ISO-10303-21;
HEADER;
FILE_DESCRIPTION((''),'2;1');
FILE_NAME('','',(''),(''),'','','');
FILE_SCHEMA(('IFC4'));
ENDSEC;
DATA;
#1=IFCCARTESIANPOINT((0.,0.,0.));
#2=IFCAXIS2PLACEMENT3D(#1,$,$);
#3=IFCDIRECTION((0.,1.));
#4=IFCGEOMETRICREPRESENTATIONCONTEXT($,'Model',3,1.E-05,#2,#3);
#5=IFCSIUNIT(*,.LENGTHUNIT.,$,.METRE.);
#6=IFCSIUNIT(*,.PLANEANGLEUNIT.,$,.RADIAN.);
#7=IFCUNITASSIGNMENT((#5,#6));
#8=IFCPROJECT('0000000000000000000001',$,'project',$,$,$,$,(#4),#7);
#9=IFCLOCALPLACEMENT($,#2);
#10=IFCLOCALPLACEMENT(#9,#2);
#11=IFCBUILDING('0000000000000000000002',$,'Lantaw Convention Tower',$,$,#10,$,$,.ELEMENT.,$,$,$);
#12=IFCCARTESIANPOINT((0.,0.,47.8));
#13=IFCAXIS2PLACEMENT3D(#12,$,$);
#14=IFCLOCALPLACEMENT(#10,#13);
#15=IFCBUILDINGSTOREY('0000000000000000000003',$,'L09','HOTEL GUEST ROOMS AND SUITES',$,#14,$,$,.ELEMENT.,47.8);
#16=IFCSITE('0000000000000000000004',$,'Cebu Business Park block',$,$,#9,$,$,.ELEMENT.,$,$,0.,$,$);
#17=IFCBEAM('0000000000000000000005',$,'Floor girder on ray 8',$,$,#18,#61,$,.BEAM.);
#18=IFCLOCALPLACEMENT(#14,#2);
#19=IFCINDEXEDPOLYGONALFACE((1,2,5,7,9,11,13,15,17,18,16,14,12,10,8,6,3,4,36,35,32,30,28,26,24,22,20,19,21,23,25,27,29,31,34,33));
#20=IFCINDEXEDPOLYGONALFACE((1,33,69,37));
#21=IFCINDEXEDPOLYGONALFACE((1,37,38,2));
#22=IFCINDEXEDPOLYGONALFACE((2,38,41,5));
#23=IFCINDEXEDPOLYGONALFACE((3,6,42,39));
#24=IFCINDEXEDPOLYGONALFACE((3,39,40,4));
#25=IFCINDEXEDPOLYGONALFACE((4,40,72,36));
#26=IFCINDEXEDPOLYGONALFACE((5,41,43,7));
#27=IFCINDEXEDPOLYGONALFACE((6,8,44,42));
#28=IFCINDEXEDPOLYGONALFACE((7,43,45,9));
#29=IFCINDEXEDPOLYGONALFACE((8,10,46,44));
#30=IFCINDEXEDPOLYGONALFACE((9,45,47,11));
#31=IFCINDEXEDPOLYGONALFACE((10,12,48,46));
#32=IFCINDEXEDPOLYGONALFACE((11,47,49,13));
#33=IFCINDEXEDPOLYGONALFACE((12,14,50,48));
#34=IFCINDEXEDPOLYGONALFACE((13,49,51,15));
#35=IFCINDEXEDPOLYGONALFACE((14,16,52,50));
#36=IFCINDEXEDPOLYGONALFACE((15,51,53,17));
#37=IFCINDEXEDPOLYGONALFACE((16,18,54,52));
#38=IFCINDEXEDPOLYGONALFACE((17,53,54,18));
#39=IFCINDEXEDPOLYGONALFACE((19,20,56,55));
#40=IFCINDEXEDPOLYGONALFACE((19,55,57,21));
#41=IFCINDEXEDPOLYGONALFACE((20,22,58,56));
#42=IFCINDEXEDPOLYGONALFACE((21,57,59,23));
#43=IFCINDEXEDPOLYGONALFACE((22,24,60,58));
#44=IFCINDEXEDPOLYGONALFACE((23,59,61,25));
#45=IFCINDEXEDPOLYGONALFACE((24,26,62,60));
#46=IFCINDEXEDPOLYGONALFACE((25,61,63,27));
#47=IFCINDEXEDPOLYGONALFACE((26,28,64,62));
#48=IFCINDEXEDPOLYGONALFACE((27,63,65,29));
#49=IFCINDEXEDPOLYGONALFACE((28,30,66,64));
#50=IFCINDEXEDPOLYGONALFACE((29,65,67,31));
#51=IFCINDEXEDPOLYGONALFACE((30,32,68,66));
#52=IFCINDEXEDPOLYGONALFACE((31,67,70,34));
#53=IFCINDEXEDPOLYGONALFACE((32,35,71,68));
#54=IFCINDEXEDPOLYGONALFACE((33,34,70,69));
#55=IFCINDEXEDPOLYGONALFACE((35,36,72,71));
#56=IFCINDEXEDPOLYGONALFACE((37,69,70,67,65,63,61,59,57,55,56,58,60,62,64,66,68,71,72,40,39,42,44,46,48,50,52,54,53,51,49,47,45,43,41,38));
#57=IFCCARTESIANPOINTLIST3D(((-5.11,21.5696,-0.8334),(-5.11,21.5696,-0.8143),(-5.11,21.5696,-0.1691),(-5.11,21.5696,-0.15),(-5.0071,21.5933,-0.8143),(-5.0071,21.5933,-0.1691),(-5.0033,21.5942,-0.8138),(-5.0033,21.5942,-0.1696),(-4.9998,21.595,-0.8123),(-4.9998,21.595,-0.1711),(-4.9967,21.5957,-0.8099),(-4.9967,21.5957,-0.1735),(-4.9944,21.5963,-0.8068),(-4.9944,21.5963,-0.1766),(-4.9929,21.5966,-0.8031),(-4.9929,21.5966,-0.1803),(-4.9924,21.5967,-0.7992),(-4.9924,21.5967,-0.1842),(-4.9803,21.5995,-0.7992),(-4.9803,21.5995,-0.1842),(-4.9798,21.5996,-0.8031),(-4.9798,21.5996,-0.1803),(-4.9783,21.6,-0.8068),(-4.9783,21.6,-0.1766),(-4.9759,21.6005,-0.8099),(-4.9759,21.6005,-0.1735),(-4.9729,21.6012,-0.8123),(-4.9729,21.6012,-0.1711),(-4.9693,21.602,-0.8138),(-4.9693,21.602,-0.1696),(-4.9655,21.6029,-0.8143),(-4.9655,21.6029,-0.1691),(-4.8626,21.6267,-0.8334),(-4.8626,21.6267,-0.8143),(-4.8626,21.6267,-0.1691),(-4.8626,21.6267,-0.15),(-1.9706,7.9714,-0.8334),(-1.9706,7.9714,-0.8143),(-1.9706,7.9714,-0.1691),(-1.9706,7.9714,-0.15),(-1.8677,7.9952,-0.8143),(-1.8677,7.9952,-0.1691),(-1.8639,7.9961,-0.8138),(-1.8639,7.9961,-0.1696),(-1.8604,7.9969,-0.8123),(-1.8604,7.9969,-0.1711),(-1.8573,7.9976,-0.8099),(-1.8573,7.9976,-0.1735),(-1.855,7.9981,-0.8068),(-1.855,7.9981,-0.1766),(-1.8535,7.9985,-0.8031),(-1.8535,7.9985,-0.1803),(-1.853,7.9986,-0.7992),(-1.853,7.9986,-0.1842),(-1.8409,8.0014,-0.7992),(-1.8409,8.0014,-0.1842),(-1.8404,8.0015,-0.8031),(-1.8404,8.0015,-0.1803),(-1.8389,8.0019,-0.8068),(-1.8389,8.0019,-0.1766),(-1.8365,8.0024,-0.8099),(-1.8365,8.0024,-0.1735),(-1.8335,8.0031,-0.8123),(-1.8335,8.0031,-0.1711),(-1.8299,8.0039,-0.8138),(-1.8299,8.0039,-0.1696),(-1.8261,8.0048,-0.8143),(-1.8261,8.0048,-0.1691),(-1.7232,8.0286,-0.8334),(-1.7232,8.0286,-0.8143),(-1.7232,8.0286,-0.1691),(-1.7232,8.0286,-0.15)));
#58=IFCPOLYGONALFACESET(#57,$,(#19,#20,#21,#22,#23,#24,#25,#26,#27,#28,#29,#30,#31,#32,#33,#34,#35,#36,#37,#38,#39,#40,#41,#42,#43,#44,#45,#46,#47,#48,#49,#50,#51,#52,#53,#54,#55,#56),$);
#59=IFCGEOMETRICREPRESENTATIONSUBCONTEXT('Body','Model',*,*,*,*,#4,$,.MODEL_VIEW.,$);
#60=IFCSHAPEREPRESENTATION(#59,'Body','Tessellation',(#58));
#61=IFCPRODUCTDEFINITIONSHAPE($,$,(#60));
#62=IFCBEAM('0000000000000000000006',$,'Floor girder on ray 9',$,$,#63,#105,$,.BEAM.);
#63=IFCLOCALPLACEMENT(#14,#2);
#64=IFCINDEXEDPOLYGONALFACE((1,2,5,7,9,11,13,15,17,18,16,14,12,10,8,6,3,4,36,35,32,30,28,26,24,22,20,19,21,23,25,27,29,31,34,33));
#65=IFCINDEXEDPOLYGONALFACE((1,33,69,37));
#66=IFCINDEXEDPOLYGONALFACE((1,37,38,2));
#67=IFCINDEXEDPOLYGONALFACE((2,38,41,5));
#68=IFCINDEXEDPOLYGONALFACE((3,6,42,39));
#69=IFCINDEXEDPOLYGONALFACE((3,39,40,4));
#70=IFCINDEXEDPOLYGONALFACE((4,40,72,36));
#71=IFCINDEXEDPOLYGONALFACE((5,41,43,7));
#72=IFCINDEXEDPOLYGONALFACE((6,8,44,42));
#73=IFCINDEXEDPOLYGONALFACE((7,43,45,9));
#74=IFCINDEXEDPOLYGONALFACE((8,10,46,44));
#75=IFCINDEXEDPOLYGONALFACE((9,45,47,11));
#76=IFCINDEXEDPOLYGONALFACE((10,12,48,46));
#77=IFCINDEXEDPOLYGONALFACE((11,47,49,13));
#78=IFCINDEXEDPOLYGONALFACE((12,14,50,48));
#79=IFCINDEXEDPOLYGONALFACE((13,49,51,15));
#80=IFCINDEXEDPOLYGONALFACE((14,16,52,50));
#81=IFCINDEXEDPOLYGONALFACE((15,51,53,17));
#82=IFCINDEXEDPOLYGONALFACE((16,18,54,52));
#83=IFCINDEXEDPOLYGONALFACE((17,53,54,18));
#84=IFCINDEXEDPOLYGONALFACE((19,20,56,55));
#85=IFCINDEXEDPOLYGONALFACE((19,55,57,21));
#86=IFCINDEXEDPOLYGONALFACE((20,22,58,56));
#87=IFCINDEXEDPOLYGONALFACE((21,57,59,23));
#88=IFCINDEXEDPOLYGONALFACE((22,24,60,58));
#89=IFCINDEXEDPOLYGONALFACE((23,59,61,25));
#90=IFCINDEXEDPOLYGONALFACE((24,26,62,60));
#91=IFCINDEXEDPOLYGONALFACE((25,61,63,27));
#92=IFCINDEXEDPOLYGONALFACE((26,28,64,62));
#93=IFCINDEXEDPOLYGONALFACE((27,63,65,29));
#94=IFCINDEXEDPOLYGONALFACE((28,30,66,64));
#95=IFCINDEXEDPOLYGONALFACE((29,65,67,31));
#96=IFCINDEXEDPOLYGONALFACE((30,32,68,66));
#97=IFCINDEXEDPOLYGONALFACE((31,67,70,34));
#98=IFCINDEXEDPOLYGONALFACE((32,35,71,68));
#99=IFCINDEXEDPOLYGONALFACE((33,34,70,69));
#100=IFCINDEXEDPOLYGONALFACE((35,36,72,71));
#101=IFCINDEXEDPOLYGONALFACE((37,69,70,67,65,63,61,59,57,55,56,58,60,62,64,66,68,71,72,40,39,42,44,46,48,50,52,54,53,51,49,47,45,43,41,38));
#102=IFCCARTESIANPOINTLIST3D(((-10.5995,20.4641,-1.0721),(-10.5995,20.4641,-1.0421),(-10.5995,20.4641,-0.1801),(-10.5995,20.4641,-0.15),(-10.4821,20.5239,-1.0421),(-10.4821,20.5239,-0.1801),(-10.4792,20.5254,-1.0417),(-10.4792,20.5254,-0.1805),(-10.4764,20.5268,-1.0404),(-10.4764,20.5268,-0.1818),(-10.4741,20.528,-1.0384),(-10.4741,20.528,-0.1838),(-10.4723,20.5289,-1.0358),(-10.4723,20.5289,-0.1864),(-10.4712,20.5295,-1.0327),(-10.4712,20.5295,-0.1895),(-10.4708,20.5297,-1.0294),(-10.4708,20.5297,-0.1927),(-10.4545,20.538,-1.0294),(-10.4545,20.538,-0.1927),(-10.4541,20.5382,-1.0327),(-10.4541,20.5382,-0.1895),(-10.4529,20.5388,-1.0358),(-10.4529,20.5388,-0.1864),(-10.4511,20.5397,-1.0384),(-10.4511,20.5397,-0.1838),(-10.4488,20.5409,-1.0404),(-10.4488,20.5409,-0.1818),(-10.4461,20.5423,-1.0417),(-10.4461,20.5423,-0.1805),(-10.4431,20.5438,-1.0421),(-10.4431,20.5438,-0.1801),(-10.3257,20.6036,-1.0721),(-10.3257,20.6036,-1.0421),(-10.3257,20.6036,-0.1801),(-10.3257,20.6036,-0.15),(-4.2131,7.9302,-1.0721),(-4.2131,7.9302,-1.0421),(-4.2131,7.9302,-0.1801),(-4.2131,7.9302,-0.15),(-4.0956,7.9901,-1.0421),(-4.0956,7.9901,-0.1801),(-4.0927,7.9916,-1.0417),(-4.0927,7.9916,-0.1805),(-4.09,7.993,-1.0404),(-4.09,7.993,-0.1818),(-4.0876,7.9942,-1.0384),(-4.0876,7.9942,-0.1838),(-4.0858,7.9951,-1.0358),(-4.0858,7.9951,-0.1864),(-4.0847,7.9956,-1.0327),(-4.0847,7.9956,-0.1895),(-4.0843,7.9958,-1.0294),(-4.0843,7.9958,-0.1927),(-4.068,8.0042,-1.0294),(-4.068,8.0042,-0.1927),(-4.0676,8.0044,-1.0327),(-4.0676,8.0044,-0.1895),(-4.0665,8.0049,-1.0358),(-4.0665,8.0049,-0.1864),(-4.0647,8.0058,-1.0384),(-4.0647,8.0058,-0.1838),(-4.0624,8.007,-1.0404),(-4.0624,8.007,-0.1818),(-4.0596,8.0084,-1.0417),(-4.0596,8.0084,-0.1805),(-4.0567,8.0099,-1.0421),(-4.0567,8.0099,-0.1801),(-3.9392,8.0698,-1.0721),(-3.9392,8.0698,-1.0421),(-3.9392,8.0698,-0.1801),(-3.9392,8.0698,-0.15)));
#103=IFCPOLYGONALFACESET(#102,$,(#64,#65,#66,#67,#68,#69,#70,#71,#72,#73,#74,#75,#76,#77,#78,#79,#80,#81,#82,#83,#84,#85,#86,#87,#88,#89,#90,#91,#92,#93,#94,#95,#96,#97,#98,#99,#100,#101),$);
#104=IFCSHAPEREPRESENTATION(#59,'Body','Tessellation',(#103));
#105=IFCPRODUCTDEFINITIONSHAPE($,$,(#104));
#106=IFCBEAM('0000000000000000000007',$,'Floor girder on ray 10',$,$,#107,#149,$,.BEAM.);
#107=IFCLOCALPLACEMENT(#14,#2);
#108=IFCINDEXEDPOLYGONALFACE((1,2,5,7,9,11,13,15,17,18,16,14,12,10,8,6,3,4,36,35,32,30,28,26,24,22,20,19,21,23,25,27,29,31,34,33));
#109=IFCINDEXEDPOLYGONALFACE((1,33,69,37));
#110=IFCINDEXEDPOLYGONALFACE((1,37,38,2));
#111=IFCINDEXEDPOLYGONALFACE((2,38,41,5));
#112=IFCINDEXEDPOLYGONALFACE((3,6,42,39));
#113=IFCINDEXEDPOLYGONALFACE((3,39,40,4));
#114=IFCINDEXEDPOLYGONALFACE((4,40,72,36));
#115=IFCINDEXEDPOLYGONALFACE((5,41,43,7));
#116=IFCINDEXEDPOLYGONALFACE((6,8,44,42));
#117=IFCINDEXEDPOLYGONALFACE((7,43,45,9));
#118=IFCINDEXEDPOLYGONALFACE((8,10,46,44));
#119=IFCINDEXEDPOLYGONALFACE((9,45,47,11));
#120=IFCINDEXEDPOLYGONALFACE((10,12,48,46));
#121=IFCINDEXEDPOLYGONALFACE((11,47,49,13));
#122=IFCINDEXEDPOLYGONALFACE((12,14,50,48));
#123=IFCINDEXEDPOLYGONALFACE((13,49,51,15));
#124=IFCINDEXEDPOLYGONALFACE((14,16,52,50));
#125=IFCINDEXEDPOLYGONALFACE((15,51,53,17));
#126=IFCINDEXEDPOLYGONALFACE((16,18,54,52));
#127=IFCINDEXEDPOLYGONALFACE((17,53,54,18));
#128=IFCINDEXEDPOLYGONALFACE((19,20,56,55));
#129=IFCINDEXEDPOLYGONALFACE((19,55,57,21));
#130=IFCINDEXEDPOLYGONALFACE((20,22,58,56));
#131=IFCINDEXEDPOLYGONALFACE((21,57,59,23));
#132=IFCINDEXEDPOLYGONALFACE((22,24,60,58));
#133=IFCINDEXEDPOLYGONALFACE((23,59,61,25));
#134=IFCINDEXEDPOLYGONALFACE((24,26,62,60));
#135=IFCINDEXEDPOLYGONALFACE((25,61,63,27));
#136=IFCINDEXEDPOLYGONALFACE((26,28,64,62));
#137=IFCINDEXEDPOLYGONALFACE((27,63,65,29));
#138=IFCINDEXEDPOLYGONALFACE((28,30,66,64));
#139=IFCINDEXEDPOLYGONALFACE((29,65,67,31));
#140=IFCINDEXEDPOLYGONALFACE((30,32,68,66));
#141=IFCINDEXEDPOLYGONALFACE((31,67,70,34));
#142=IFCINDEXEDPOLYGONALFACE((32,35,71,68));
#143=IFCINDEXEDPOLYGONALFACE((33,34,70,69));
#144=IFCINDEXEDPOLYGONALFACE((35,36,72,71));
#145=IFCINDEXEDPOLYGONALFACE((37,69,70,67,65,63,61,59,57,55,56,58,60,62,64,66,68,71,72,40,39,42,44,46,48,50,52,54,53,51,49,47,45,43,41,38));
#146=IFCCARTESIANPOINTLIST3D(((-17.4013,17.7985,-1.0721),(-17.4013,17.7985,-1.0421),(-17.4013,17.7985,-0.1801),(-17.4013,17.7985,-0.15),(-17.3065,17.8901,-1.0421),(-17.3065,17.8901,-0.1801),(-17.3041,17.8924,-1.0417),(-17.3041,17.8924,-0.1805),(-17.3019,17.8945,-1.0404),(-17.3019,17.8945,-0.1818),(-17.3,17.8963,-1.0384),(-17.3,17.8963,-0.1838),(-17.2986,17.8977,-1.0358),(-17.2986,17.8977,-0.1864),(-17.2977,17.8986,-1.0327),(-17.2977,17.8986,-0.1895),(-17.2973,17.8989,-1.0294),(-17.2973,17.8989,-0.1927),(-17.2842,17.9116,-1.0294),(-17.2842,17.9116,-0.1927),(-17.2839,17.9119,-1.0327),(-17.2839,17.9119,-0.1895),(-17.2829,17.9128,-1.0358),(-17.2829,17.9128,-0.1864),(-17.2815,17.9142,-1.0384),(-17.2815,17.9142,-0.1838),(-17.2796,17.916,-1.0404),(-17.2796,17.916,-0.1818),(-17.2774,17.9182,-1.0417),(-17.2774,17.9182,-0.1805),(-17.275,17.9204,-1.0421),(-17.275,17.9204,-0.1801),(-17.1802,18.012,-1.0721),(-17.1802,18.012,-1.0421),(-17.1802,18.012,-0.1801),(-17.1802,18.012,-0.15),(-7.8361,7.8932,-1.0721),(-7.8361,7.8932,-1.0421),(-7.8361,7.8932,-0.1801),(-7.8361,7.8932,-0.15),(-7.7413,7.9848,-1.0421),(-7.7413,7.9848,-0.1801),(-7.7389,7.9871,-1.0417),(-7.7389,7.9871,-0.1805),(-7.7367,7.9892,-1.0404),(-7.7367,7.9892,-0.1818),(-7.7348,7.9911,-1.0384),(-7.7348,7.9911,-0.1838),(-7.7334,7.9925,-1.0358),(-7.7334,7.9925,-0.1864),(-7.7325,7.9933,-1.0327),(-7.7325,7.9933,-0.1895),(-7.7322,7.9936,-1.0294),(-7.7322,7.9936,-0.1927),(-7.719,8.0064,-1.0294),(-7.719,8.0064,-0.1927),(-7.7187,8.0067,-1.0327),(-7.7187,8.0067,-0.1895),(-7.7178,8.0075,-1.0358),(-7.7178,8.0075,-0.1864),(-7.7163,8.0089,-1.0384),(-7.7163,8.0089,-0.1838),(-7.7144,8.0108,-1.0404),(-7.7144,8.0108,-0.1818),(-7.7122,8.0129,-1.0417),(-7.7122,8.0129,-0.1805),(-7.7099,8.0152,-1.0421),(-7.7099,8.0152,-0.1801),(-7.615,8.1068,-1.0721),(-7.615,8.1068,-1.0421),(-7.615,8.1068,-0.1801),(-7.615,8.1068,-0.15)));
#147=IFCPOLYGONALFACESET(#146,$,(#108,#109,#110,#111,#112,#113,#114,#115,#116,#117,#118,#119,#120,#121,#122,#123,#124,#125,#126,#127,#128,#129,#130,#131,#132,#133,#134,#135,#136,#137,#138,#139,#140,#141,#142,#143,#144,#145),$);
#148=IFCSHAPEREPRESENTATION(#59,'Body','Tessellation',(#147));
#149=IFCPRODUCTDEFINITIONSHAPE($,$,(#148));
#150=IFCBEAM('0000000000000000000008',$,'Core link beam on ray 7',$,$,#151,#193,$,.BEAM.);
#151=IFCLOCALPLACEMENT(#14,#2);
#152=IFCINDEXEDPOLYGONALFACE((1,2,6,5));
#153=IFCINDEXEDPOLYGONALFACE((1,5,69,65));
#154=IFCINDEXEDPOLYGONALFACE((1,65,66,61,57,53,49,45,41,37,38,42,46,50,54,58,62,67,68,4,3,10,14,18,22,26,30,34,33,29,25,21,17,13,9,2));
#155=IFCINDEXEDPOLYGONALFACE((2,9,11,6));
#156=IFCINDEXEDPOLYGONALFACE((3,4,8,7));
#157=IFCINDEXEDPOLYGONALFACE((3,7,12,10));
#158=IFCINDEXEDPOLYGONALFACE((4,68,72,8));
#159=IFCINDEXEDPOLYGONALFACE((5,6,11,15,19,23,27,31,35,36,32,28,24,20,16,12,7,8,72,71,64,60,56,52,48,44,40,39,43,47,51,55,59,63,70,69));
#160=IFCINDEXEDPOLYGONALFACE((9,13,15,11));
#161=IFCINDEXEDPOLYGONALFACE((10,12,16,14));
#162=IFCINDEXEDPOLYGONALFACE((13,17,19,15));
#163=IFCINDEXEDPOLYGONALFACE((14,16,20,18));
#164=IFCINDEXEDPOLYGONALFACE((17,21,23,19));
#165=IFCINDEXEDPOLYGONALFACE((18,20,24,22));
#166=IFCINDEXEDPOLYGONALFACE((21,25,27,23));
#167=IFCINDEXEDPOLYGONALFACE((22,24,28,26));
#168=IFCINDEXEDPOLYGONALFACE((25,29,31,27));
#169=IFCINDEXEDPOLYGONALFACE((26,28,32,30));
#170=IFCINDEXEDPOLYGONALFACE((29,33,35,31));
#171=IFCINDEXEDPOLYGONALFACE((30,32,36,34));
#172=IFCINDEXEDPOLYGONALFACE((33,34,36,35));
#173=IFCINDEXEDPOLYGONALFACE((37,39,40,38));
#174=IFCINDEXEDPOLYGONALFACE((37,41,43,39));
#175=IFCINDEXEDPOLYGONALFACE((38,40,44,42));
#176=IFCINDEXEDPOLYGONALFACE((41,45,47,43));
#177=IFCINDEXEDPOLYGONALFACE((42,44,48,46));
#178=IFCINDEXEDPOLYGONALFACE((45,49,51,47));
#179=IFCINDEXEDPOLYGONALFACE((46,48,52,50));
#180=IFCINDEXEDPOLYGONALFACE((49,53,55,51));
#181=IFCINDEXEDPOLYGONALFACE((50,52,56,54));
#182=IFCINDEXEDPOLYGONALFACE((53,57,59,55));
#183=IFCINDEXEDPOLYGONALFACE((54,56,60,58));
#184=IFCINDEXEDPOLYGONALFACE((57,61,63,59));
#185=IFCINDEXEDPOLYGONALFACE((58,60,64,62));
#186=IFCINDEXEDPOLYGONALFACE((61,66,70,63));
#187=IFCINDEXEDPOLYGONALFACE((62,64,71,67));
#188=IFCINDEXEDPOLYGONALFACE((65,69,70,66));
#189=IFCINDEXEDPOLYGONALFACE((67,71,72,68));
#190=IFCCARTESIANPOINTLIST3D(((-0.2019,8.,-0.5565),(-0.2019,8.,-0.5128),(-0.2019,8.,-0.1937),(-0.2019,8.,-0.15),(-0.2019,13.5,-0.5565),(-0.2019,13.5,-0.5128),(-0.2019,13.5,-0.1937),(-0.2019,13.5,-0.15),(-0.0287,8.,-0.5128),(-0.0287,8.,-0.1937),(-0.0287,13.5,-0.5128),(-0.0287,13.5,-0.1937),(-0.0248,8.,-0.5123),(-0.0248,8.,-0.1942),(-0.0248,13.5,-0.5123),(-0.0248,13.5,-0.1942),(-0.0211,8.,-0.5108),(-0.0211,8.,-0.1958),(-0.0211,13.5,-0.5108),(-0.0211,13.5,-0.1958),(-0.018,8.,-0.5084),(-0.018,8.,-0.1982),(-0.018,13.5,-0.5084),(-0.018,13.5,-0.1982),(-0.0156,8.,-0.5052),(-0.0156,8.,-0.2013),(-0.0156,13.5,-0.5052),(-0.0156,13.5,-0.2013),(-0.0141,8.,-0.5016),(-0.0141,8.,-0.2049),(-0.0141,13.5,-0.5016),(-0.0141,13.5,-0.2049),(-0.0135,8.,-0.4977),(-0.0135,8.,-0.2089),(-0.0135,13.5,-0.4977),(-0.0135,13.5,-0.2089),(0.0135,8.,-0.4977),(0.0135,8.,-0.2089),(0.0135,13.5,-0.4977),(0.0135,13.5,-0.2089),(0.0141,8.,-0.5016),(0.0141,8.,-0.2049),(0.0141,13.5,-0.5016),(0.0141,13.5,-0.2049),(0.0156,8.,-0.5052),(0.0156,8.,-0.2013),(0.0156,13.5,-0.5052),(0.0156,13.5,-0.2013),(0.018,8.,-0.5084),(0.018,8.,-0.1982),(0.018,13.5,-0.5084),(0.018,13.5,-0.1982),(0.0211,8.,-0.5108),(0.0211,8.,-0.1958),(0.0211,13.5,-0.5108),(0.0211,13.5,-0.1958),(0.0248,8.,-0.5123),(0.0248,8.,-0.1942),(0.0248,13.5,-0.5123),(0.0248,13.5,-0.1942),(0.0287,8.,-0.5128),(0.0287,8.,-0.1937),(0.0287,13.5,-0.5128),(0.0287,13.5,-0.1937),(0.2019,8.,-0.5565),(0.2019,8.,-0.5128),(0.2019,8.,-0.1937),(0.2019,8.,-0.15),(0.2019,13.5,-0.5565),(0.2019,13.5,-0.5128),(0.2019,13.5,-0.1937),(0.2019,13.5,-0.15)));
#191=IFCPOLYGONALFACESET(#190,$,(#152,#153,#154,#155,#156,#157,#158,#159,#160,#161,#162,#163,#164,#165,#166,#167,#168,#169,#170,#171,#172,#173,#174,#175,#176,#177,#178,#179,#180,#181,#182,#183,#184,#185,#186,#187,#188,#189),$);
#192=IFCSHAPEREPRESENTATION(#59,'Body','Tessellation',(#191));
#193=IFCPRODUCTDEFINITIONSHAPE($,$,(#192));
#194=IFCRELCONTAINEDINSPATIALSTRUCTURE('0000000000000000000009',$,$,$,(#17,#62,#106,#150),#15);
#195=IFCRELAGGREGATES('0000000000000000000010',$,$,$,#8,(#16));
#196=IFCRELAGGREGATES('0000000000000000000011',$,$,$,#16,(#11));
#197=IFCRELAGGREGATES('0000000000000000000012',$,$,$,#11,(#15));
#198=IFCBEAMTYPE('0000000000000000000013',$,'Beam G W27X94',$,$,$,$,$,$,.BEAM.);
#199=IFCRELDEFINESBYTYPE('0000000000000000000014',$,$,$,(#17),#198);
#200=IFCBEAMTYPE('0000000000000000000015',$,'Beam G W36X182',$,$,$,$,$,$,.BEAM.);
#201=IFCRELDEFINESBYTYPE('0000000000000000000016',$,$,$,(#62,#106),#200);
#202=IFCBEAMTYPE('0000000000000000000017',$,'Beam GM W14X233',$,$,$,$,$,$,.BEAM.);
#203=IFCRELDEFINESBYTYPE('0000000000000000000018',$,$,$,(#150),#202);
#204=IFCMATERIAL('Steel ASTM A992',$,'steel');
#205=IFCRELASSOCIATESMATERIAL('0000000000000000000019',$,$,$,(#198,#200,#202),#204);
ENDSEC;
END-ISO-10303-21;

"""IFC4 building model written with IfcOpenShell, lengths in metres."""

from ifc_helpers import new_model, si_unit, direction, frame, origin, origin_2d, place, context, subcontext, project, spatial, i_section, extrude, material, material_profile, profile_set, type_object, element, save


model = new_model("IFC4")

# Units and contexts
model_context = context("Model", 3, precision=1e-05, world=origin(), true_north=direction((0.0, 1.0)))
body_context = subcontext(model_context, "Body", "Model", "MODEL_VIEW")
ifc_project = project(units=[si_unit("LENGTHUNIT", "METRE"), si_unit("PLANEANGLEUNIT", "RADIAN")], contexts=[model_context])

# Site, building, storey
site_placement = place(None, origin())
site = spatial("IfcSite", under=ifc_project, at=site_placement, Name="Cebu Business Park block", CompositionType="ELEMENT", RefElevation=0.0)
building_placement = place(site_placement, origin())
building = spatial("IfcBuilding", under=site, at=building_placement, Name="Lantaw Convention Tower", CompositionType="ELEMENT")
storey_placement = place(building_placement, frame((0.0, 0.0, 47.8)))
storey = spatial("IfcBuildingStorey", under=building, at=storey_placement, Name="L09", Description="HOTEL GUEST ROOMS AND SUITES", CompositionType="ELEMENT", Elevation=47.8)

# Beams
ifc_material_1 = material(Name="Steel ASTM A992", Category="steel")
ifc_material_profile_1 = material_profile(ifc_material_1, i_section(OverallWidth=0.2539, OverallDepth=0.6833, WebThickness=0.0125, FlangeThickness=0.019, FilletRadius=0.0151, at=origin_2d()), Name="W27X94")
ifc_profile_set_1 = profile_set([ifc_material_profile_1], Name="Steel ASTM A992")
beam_type_1 = type_object("IfcBeamType", Name="Beam G W27X94", PredefinedType="BEAM", material=ifc_profile_set_1)
beam_1_placement = place(storey_placement, frame((-1.8469, 8.0, -0.4917), z_axis=(-0.224953, 0.97437, 0.0), x_axis=(-0.97437, -0.224953, 0.0)))
element("IfcBeam", 1, at=beam_1_placement, inside=storey, type_object=beam_type_1, Name="Floor girder on ray 8", PredefinedType="BEAM", context=body_context, shape_type="SweptSolid", body=[
    extrude(i_section(OverallWidth=0.2539, OverallDepth=0.6833, WebThickness=0.0125, FlangeThickness=0.019, FilletRadius=0.0151, at=origin_2d()), origin(), (0.0, 0.0, 1.0), 13.9558),
])
ifc_material_profile_2 = material_profile(ifc_material_1, i_section(OverallWidth=0.3074, OverallDepth=0.9221, WebThickness=0.0183, FlangeThickness=0.03, FilletRadius=0.0127, at=origin_2d()), Name="W36X182")
ifc_profile_set_2 = profile_set([ifc_material_profile_2], Name="Steel ASTM A992")
beam_type_2 = type_object("IfcBeamType", Name="Beam G W36X182", PredefinedType="BEAM", material=ifc_profile_set_2)
beam_2_placement = place(storey_placement, frame((-4.0762, 8.0, -0.6111), z_axis=(-0.453997, 0.891003, 0.0), x_axis=(-0.891003, -0.453997, 0.0)))
element("IfcBeam", 2, at=beam_2_placement, inside=storey, type_object=beam_type_2, Name="Floor girder on ray 9", PredefinedType="BEAM", context=body_context, shape_type="SweptSolid", body=[
    extrude(i_section(OverallWidth=0.3074, OverallDepth=0.9221, WebThickness=0.0183, FlangeThickness=0.03, FilletRadius=0.0127, at=origin_2d()), origin(), (0.0, 0.0, 1.0), 14.0671),
])
beam_3_placement = place(storey_placement, frame((-7.7256, 8.0, -0.6111), z_axis=(-0.69465, 0.719348, 0.0), x_axis=(-0.719348, -0.69465, 0.0)))
element("IfcBeam", 3, at=beam_3_placement, inside=storey, type_object=beam_type_2, Name="Floor girder on ray 10", PredefinedType="BEAM", context=body_context, shape_type="SweptSolid", body=[
    extrude(i_section(OverallWidth=0.3074, OverallDepth=0.9221, WebThickness=0.0183, FlangeThickness=0.03, FilletRadius=0.0127, at=origin_2d()), origin(), (0.0, 0.0, 1.0), 13.7698),
])
ifc_material_profile_3 = material_profile(ifc_material_1, i_section(OverallWidth=0.4038, OverallDepth=0.4065, WebThickness=0.0271, FlangeThickness=0.0437, FilletRadius=0.0151, at=origin_2d()), Name="W14X233")
ifc_profile_set_3 = profile_set([ifc_material_profile_3], Name="Steel ASTM A992")
beam_type_3 = type_object("IfcBeamType", Name="Beam GM W14X233", PredefinedType="BEAM", material=ifc_profile_set_3)
beam_4_placement = place(storey_placement, frame((0.0, 8.0, -0.3533), z_axis=(0.0, 1.0, 0.0), x_axis=(-1.0, 0.0, 0.0)))
element("IfcBeam", 4, at=beam_4_placement, inside=storey, type_object=beam_type_3, Name="Core link beam on ray 7", PredefinedType="BEAM", context=body_context, shape_type="SweptSolid", body=[
    extrude(i_section(OverallWidth=0.4038, OverallDepth=0.4065, WebThickness=0.0271, FlangeThickness=0.0437, FilletRadius=0.0151, at=origin_2d()), origin(), (0.0, 0.0, 1.0), 5.5),
])

save(model, "model.ifc")
